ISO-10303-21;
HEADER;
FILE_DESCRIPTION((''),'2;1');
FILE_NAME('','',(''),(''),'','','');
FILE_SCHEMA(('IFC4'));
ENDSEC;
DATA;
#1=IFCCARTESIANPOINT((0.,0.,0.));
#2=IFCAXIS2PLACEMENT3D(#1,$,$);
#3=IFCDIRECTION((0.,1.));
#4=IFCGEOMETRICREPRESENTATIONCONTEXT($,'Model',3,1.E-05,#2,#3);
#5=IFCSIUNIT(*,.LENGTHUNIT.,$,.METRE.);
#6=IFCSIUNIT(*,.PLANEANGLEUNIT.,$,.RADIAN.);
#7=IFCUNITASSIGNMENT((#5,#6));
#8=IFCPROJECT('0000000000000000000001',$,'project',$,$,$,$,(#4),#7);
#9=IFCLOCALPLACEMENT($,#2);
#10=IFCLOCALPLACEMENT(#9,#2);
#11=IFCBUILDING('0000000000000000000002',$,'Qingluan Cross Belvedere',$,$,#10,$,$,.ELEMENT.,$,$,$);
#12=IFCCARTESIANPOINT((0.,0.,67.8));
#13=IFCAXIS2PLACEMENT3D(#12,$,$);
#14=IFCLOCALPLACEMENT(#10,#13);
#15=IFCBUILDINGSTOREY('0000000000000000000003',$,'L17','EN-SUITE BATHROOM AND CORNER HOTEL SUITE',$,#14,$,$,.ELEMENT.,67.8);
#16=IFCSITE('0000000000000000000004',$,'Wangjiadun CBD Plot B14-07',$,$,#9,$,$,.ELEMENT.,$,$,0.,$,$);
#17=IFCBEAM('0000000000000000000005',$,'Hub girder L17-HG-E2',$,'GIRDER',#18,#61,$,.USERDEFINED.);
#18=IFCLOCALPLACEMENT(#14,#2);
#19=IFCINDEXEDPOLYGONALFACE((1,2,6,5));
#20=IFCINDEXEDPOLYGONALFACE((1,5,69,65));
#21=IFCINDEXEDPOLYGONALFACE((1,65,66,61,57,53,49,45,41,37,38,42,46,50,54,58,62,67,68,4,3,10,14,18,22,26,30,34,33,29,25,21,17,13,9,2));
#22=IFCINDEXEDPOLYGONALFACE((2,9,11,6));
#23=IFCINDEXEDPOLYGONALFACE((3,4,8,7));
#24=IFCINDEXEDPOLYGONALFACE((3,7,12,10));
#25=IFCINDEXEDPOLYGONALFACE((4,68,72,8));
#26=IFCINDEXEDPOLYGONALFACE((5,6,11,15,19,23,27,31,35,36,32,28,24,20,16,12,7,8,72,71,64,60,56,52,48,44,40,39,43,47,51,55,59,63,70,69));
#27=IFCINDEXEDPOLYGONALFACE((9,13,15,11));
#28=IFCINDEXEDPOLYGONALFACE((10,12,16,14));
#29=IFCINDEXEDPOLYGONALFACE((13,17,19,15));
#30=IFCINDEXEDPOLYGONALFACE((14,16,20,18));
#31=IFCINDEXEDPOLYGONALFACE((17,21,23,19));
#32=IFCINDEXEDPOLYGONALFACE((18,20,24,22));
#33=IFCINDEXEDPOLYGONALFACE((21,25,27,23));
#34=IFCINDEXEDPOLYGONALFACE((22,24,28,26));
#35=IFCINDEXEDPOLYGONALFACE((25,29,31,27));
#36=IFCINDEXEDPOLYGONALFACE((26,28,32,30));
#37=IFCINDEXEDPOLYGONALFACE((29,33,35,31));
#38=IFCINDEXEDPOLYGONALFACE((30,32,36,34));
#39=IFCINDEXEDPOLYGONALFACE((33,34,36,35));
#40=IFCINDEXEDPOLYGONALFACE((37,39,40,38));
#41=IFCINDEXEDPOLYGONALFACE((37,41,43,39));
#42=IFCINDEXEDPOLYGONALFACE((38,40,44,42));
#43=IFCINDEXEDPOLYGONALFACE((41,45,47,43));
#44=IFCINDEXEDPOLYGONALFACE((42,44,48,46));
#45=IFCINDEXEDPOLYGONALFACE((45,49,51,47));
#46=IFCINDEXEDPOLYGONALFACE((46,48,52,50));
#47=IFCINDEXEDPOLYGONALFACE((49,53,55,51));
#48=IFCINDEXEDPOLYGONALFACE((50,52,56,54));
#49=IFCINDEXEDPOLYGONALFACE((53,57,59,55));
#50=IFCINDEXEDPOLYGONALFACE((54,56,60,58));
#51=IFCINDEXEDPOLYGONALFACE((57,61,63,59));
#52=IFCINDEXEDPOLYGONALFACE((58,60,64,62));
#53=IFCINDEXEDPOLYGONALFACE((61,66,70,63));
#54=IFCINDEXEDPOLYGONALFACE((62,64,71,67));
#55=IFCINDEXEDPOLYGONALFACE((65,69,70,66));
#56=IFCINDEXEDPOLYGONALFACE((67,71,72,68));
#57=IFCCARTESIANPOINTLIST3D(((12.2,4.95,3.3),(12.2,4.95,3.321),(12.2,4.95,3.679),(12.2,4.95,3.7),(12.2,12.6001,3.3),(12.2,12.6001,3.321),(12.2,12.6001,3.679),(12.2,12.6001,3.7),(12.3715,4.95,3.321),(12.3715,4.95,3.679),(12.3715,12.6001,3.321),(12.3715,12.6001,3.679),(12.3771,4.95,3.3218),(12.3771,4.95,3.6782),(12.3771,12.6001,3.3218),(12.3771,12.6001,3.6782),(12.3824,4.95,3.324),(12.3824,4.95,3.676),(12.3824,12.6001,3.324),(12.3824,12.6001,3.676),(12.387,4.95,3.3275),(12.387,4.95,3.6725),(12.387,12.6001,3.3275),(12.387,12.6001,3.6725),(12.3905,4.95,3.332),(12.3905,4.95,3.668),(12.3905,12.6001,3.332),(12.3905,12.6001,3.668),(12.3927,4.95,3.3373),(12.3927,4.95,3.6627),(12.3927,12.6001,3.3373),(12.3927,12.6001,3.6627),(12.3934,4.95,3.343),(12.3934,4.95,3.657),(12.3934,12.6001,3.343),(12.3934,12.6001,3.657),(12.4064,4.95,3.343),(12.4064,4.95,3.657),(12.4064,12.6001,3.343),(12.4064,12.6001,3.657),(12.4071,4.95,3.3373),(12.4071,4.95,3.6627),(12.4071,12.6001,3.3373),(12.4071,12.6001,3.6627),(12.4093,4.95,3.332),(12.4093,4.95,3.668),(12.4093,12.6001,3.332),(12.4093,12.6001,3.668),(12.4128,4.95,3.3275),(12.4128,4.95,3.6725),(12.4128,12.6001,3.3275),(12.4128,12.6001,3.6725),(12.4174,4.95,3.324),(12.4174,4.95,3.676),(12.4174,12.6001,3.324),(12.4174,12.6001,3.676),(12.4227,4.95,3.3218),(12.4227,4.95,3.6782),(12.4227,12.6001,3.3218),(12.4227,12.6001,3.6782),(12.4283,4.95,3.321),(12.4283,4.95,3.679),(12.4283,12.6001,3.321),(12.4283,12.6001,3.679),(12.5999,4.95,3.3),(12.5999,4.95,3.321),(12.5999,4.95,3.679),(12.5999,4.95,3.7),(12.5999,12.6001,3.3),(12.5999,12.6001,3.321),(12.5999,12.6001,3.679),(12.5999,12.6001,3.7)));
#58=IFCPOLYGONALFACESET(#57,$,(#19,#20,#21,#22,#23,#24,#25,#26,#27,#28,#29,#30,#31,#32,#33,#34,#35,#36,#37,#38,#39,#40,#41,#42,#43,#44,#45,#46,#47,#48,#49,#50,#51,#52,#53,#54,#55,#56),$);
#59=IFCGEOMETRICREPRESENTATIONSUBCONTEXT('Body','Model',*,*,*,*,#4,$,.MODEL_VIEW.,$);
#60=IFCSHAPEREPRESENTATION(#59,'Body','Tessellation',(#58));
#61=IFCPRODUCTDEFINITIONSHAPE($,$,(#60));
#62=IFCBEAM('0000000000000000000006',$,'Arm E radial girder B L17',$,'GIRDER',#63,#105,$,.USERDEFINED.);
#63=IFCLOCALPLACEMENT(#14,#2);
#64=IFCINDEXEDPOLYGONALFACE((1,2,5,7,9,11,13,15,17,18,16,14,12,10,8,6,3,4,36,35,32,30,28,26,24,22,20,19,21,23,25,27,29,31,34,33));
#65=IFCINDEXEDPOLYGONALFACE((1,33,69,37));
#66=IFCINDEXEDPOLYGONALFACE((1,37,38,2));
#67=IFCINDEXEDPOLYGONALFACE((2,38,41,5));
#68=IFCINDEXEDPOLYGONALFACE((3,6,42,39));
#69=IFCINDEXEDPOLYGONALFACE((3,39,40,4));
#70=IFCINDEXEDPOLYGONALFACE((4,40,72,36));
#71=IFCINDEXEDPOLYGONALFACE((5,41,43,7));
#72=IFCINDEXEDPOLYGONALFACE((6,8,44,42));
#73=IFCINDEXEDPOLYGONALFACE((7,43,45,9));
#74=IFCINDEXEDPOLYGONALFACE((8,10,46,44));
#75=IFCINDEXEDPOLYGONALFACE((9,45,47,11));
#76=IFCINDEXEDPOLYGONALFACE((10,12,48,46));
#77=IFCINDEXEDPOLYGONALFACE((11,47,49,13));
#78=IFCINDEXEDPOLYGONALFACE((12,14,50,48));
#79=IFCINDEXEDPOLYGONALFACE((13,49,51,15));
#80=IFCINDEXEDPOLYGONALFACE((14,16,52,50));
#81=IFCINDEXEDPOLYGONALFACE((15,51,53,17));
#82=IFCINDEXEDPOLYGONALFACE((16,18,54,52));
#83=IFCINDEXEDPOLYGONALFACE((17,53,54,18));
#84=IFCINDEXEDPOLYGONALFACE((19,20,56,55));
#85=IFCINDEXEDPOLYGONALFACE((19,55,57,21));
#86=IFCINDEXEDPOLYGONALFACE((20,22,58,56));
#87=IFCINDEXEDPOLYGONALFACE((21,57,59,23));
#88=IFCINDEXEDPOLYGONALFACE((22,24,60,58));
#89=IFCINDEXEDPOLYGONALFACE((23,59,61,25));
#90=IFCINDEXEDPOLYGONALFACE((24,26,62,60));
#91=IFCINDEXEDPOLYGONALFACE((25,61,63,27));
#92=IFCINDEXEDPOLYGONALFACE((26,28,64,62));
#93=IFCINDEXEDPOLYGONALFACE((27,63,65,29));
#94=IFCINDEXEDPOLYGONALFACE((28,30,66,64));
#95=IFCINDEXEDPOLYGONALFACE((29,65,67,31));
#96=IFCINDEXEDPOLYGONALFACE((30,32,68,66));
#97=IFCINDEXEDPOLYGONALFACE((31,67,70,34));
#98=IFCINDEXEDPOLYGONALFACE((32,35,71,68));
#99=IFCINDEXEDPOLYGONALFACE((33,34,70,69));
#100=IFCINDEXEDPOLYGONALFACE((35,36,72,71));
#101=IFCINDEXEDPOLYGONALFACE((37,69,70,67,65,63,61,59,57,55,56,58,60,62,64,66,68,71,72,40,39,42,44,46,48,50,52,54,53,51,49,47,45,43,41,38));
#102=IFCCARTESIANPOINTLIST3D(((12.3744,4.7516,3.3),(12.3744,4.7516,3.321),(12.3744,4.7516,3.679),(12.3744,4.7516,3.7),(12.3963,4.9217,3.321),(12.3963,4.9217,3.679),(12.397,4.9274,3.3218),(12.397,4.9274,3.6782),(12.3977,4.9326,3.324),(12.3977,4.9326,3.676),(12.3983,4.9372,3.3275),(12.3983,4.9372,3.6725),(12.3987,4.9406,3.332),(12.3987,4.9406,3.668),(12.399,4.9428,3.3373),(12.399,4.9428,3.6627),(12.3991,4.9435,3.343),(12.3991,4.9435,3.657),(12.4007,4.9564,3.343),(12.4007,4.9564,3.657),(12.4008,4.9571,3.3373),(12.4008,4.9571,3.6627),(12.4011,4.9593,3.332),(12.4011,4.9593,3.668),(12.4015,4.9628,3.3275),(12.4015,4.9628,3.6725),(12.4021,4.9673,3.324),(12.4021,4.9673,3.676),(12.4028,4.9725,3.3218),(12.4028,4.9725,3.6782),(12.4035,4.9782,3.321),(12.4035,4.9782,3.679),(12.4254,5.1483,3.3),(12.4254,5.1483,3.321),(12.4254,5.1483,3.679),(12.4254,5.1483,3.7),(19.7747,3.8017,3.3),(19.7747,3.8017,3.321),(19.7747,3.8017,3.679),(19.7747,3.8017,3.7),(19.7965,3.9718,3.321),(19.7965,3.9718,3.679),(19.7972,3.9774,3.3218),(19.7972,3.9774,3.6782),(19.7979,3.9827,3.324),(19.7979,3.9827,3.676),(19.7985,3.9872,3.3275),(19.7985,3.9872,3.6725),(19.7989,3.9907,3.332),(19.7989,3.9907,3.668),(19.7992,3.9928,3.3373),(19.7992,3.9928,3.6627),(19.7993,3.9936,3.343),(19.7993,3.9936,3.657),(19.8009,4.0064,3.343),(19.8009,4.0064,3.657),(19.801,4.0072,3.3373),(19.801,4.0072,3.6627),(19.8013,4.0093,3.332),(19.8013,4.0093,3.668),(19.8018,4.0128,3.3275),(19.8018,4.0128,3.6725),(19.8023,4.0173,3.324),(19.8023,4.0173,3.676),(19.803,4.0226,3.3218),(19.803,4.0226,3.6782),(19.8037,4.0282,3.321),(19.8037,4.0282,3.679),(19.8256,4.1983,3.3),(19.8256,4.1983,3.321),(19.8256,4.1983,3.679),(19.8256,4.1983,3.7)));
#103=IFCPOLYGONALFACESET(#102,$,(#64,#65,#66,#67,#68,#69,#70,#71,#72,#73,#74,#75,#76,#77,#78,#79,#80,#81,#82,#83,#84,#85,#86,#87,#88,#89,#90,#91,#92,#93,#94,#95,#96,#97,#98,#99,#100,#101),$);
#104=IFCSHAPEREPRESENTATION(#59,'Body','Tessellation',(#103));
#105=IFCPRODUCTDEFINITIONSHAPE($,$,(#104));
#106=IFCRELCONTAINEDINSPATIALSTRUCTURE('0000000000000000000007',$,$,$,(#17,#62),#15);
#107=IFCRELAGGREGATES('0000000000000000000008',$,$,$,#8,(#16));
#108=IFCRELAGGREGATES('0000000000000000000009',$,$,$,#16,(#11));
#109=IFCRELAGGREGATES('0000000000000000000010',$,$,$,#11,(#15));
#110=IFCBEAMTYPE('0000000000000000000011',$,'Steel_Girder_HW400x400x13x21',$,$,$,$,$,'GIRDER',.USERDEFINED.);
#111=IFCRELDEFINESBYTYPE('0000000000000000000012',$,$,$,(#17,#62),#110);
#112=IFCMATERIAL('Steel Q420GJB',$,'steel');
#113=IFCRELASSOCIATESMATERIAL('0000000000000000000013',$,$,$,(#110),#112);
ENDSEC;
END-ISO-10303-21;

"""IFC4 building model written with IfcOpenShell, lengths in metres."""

from ifc_helpers import new_model, si_unit, direction, frame, origin, origin_2d, place, context, subcontext, project, spatial, i_section, extrude, material, material_profile, profile_set, type_object, element, save


model = new_model("IFC4")

# Units and contexts
model_context = context("Model", 3, precision=1e-05, world=origin(), true_north=direction((0.0, 1.0)))
body_context = subcontext(model_context, "Body", "Model", "MODEL_VIEW")
ifc_project = project(units=[si_unit("LENGTHUNIT", "METRE"), si_unit("PLANEANGLEUNIT", "RADIAN")], contexts=[model_context])

# Site, building, storey
site_placement = place(None, origin())
site = spatial("IfcSite", under=ifc_project, at=site_placement, Name="Wangjiadun CBD Plot B14-07", CompositionType="ELEMENT", RefElevation=0.0)
building_placement = place(site_placement, origin())
building = spatial("IfcBuilding", under=site, at=building_placement, Name="Qingluan Cross Belvedere", CompositionType="ELEMENT")
storey_placement = place(building_placement, frame((0.0, 0.0, 67.8)))
storey = spatial("IfcBuildingStorey", under=building, at=storey_placement, Name="L17", Description="EN-SUITE BATHROOM AND CORNER HOTEL SUITE", CompositionType="ELEMENT", Elevation=67.8)

# Beams
ifc_material_1 = material(Name="Steel Q420GJB", Category="steel")
ifc_material_profile = material_profile(ifc_material_1, i_section(OverallWidth=0.3999, OverallDepth=0.3999, WebThickness=0.0129, FlangeThickness=0.021, FilletRadius=0.022, at=origin_2d()), Name="HW400x400x13x21")
ifc_profile_set = profile_set([ifc_material_profile], Name="Steel Q420GJB")
beam_type = type_object("IfcBeamType", Name="Steel_Girder_HW400x400x13x21", ElementType="GIRDER", PredefinedType="USERDEFINED", material=ifc_profile_set)
beam_1_placement = place(storey_placement, frame((12.3999, 4.95, 3.5), z_axis=(0.0, 1.0, 0.0), x_axis=(-1.0, 0.0, 0.0)))
element("IfcBeam", 1, at=beam_1_placement, inside=storey, type_object=beam_type, Name="Hub girder L17-HG-E2", ObjectType="GIRDER", PredefinedType="USERDEFINED", context=body_context, shape_type="SweptSolid", body=[
    extrude(i_section(OverallWidth=0.3999, OverallDepth=0.3999, WebThickness=0.0129, FlangeThickness=0.021, FilletRadius=0.022, at=origin_2d()), origin(), (0.0, 0.0, 1.0), 7.6501),
])
beam_2_placement = place(storey_placement, frame((12.3999, 4.95, 3.5), z_axis=(0.991861, -0.127324, 0.0), x_axis=(0.127324, 0.991861, 0.0)))
element("IfcBeam", 2, at=beam_2_placement, inside=storey, type_object=beam_type, Name="Arm E radial girder B L17", ObjectType="GIRDER", PredefinedType="USERDEFINED", context=body_context, shape_type="SweptSolid", body=[
    extrude(i_section(OverallWidth=0.3999, OverallDepth=0.3999, WebThickness=0.0129, FlangeThickness=0.021, FilletRadius=0.022, at=origin_2d()), origin(), (0.0, 0.0, 1.0), 7.4609),
])

save(model, "model.ifc")
